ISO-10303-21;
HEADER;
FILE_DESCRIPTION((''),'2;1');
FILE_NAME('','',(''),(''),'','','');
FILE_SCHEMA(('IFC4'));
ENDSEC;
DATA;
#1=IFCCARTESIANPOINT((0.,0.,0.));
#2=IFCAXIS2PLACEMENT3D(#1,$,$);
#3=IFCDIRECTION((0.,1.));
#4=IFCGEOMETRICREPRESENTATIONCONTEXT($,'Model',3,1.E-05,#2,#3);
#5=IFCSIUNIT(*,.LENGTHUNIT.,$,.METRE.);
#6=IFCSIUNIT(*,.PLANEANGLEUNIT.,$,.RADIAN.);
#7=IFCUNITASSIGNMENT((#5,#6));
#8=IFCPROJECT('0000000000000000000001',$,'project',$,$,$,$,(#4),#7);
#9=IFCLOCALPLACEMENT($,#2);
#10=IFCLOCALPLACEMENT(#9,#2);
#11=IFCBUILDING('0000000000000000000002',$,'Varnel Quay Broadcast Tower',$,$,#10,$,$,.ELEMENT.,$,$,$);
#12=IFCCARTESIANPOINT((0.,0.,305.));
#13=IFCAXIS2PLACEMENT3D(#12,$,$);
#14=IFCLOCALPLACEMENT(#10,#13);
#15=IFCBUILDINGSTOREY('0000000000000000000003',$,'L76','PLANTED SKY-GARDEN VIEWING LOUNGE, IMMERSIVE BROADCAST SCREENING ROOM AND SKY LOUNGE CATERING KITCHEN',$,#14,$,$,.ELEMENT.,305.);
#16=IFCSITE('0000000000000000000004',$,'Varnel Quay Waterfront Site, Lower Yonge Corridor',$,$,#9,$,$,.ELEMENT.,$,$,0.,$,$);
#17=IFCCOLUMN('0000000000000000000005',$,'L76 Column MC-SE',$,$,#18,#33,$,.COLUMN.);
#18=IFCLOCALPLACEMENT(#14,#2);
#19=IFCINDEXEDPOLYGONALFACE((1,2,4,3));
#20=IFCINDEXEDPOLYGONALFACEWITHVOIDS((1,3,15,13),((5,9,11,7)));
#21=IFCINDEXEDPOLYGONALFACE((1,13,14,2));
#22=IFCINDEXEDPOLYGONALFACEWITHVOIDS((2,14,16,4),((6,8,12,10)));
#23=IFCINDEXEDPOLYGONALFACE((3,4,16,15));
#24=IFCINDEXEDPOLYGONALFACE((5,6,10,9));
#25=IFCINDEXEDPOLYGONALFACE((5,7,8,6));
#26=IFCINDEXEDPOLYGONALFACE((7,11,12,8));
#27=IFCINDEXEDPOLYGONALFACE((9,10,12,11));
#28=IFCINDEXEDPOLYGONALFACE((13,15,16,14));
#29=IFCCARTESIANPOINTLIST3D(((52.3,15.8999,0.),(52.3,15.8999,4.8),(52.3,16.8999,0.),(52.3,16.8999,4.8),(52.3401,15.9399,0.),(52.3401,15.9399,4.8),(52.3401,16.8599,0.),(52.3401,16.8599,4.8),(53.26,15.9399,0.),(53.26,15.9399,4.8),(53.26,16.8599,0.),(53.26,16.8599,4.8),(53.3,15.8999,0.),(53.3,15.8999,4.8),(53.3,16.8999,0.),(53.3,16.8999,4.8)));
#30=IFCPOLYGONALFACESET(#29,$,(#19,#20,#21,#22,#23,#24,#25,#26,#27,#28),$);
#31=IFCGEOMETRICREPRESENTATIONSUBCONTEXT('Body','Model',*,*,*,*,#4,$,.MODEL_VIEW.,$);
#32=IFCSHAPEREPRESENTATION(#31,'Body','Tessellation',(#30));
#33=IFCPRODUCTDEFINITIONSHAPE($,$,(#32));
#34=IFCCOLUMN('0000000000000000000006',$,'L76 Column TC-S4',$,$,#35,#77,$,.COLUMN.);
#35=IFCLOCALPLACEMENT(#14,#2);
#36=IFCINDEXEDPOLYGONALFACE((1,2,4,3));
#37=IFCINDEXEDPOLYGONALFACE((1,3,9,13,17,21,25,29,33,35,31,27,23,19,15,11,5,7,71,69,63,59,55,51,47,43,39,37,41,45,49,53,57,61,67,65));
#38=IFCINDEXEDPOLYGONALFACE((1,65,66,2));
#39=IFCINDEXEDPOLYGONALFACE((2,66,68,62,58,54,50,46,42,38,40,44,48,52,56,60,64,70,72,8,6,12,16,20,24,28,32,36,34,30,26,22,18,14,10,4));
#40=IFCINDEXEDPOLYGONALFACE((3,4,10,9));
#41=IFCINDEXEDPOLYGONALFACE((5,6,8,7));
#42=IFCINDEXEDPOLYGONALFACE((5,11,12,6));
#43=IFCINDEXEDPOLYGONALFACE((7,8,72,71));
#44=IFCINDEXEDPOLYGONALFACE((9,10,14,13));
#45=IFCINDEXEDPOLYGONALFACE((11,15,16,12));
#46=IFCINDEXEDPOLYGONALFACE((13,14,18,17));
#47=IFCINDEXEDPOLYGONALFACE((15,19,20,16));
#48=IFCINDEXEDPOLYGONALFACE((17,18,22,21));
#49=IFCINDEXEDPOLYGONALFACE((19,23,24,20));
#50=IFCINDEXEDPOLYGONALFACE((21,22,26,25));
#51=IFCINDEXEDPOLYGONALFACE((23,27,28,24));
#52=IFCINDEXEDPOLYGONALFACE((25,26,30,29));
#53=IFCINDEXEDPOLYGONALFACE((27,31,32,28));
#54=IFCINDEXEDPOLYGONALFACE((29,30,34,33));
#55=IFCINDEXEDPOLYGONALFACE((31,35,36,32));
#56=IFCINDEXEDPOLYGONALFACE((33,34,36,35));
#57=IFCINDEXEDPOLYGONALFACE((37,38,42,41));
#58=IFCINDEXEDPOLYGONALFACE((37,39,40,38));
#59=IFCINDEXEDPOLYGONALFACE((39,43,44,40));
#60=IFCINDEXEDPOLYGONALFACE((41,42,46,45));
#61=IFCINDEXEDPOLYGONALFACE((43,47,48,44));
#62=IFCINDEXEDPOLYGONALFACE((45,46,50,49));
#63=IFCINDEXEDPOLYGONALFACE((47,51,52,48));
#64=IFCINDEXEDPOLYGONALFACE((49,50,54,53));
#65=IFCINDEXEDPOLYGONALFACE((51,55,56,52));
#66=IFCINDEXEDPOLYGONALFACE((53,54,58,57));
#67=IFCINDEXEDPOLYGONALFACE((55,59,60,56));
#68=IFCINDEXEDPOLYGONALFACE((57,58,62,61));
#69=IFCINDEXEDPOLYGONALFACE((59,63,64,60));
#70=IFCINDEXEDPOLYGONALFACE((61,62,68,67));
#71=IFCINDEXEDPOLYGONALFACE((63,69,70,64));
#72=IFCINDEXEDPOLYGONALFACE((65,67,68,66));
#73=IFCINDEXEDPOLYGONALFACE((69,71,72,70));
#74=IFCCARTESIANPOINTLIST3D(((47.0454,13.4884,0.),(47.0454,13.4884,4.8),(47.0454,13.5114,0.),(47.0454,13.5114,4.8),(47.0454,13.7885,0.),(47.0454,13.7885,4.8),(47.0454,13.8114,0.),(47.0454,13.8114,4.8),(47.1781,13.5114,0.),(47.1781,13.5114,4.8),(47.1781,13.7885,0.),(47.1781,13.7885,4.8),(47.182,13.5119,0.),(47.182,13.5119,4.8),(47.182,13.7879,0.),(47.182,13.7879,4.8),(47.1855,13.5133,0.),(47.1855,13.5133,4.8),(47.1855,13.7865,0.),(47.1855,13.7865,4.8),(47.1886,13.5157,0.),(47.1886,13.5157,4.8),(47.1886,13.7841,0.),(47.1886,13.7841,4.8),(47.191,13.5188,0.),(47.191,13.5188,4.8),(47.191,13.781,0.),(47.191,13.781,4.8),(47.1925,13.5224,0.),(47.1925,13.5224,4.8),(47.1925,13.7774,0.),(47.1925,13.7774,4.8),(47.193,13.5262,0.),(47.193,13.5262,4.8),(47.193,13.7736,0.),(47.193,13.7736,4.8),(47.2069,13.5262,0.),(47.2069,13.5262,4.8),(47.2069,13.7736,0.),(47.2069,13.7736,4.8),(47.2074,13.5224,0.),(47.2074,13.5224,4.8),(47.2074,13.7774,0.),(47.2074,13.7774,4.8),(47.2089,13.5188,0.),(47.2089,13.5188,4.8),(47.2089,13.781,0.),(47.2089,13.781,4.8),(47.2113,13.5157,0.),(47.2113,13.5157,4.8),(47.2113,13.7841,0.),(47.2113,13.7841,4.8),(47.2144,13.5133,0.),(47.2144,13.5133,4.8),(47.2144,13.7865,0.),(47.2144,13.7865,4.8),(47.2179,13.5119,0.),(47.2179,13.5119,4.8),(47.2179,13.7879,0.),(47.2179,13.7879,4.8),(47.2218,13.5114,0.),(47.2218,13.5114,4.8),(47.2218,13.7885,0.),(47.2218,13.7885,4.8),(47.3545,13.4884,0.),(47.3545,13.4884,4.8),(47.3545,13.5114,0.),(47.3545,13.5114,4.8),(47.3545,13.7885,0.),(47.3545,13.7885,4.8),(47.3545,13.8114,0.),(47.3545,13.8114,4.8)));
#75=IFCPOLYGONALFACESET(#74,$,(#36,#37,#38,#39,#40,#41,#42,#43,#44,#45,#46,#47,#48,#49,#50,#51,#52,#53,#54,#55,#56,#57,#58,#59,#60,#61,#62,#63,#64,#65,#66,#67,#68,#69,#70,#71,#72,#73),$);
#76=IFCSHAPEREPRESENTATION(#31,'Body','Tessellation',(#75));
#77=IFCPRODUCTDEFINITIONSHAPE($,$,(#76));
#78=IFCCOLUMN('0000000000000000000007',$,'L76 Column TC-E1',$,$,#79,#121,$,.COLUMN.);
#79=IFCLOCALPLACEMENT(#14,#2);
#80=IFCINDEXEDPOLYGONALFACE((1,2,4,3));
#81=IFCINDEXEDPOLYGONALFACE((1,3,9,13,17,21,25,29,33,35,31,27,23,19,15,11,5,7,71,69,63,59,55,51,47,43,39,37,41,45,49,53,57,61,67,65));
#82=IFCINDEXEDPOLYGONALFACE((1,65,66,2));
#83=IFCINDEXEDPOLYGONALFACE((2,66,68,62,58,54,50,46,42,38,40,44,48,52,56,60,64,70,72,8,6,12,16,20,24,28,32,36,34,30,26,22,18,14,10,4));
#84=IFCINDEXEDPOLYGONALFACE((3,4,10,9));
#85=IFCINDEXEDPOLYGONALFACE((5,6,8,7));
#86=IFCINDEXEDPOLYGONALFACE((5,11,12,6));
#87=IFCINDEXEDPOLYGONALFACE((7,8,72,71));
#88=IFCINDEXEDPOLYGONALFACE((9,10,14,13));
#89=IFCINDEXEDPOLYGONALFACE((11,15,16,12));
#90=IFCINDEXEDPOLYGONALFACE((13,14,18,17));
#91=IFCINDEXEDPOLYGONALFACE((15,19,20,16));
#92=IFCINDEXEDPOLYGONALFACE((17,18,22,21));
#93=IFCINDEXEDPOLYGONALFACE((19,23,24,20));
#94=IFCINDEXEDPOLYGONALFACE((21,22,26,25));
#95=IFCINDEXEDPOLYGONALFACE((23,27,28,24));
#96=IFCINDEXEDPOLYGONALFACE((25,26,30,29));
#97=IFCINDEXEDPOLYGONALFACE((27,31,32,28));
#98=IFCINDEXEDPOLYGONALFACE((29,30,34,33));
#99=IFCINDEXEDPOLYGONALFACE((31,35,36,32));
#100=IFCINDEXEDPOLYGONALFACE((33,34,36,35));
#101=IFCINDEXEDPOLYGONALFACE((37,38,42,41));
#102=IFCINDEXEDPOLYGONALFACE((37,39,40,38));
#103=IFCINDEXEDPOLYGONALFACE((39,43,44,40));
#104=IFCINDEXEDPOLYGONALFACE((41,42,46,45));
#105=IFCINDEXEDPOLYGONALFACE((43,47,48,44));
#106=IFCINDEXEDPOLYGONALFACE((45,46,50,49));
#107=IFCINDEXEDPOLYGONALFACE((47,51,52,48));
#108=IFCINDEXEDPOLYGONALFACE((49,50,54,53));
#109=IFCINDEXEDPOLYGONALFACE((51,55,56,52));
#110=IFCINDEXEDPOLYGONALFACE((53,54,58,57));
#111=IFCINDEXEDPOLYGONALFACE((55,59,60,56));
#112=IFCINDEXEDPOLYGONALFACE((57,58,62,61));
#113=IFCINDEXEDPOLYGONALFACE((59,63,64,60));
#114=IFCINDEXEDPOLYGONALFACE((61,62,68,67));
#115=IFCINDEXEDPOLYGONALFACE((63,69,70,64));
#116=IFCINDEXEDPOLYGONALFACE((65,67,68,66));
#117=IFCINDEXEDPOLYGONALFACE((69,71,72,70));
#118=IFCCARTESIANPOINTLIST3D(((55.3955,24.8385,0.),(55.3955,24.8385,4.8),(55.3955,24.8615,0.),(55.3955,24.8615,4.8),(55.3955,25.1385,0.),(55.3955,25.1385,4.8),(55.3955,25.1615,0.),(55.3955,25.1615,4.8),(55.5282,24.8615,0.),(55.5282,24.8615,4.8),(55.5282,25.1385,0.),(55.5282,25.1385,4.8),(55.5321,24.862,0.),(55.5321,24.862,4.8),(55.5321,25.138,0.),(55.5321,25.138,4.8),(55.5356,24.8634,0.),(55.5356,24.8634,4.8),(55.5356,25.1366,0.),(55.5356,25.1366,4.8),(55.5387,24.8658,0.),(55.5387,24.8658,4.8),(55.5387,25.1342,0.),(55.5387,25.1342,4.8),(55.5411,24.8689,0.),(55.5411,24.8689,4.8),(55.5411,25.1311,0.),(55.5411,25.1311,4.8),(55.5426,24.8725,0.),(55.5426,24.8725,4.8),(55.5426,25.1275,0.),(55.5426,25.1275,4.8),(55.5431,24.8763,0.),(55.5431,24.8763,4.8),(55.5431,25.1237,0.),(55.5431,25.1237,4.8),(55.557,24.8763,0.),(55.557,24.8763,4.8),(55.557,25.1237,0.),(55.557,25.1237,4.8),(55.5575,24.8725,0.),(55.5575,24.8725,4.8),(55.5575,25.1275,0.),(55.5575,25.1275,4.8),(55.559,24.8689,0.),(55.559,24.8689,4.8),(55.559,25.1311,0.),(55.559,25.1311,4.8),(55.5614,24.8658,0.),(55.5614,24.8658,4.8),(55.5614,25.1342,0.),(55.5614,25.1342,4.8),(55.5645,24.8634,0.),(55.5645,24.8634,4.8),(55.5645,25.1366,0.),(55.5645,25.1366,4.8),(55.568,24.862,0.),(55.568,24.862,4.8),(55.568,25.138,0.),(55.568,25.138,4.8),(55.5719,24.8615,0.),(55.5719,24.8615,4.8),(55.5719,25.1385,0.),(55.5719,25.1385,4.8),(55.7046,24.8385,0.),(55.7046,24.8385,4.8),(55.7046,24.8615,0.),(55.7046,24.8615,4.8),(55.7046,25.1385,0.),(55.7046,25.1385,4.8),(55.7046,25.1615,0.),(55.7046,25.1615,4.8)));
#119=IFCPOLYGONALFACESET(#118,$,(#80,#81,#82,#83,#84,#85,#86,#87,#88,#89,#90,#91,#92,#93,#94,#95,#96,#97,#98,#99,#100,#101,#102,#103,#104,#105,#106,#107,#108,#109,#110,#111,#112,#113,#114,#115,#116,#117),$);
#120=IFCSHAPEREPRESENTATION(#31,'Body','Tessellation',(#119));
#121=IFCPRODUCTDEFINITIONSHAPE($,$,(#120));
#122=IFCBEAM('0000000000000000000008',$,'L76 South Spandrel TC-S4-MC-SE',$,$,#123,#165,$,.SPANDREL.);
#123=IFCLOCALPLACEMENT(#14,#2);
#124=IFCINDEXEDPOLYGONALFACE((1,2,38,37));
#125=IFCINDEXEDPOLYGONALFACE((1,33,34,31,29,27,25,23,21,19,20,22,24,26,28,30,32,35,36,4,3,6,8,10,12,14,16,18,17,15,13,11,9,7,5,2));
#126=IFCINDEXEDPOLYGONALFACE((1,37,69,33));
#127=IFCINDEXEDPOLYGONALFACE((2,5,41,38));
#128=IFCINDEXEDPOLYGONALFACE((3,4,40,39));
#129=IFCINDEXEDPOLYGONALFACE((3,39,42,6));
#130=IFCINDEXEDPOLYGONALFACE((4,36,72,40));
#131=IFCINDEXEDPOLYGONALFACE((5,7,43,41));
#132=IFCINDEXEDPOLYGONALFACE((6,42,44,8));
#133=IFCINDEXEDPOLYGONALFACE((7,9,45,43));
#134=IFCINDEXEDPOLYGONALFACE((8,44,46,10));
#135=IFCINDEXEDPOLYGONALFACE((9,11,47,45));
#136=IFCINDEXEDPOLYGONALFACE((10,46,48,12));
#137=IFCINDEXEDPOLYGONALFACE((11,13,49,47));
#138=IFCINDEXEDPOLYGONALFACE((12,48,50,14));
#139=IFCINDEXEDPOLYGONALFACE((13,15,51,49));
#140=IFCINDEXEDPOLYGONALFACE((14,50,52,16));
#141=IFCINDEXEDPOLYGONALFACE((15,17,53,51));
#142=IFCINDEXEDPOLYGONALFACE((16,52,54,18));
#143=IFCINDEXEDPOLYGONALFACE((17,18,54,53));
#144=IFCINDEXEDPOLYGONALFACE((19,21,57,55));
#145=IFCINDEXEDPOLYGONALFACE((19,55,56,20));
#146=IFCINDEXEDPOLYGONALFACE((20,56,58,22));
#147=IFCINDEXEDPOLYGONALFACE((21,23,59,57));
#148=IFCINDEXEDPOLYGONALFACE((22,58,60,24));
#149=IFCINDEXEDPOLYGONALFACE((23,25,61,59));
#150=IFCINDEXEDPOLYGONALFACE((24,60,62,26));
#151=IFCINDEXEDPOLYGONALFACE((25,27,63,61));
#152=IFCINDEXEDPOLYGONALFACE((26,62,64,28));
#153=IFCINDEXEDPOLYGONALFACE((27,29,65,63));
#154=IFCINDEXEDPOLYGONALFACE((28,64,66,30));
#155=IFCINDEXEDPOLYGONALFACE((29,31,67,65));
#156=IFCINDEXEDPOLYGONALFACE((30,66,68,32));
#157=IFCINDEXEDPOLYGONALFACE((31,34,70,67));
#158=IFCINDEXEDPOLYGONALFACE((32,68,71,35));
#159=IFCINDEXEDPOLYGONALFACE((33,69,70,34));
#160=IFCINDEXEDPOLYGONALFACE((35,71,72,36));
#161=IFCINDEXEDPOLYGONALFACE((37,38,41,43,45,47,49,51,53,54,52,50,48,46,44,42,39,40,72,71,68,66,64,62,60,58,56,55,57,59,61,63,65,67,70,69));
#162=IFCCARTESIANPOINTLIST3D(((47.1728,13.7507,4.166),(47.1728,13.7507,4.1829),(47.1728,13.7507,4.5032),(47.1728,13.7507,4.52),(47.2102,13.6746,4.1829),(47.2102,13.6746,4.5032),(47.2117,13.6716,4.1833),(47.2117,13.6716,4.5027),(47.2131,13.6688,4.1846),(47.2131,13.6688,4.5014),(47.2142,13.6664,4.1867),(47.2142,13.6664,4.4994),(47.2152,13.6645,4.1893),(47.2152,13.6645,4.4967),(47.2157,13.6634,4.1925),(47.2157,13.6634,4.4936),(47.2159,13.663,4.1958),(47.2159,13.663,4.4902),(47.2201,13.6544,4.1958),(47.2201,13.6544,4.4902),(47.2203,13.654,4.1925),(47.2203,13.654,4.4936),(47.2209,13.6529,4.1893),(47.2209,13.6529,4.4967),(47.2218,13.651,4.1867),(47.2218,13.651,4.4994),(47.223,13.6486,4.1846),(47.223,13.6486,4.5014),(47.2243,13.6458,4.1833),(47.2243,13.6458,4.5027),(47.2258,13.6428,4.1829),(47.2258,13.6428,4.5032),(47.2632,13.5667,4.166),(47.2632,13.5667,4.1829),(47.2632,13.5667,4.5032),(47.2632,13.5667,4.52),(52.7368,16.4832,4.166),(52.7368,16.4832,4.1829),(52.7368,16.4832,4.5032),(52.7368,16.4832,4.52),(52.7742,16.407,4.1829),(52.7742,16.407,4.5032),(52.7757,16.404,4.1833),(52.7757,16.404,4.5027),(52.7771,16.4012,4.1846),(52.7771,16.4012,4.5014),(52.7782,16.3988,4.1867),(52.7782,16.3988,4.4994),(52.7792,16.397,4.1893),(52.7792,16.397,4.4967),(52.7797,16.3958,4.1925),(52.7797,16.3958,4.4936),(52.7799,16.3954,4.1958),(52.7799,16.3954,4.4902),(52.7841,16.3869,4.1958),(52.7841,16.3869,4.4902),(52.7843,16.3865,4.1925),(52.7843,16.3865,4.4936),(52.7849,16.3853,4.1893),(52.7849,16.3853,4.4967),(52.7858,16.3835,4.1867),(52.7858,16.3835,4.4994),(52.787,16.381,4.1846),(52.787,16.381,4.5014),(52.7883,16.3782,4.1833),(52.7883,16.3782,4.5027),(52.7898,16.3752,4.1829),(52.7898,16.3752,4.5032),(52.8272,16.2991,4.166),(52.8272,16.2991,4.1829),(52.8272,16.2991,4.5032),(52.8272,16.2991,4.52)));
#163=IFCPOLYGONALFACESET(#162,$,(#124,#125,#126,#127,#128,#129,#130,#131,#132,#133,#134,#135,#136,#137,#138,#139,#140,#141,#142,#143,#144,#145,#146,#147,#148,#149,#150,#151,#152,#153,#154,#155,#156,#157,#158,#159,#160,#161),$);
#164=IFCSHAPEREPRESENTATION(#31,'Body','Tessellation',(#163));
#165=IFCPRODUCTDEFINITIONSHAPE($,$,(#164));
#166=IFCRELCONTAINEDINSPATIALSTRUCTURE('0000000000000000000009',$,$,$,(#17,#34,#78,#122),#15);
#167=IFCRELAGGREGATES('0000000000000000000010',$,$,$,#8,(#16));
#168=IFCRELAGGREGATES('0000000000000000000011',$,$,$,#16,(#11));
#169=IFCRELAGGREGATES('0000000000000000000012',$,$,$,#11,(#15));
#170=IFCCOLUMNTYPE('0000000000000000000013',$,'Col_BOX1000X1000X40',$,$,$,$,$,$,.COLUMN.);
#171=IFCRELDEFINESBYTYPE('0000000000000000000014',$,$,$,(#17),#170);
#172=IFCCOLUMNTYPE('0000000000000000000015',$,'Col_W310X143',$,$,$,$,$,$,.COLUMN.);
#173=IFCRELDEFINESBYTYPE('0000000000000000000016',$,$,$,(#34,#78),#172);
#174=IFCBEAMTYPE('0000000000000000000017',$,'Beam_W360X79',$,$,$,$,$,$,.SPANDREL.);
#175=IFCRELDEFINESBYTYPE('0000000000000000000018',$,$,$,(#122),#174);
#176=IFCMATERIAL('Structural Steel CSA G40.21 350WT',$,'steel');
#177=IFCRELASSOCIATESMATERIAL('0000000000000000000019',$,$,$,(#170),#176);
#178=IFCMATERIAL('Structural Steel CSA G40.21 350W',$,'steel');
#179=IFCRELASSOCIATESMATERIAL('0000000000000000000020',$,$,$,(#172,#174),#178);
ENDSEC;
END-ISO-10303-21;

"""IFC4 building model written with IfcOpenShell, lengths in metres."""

from ifc_helpers import new_model, si_unit, direction, frame, origin, origin_2d, place, context, subcontext, project, spatial, hollow_rectangle, i_section, extrude, source, transform, mapped, material, material_profile, profile_set, type_object, type_shapes, element, save


model = new_model("IFC4")

# Units and contexts
model_context = context("Model", 3, precision=1e-05, world=origin(), true_north=direction((0.0, 1.0)))
body_context = subcontext(model_context, "Body", "Model", "MODEL_VIEW")
ifc_project = project(units=[si_unit("LENGTHUNIT", "METRE"), si_unit("PLANEANGLEUNIT", "RADIAN")], contexts=[model_context])

# Site, building, storey
site_placement = place(None, origin())
site = spatial("IfcSite", under=ifc_project, at=site_placement, Name="Varnel Quay Waterfront Site, Lower Yonge Corridor", CompositionType="ELEMENT", RefElevation=0.0)
building_placement = place(site_placement, origin())
building = spatial("IfcBuilding", under=site, at=building_placement, Name="Varnel Quay Broadcast Tower", CompositionType="ELEMENT")
storey_placement = place(building_placement, frame((0.0, 0.0, 305.0)))
storey = spatial("IfcBuildingStorey", under=building, at=storey_placement, Name="L76", Description="PLANTED SKY-GARDEN VIEWING LOUNGE, IMMERSIVE BROADCAST SCREENING ROOM AND SKY LOUNGE CATERING KITCHEN", CompositionType="ELEMENT", Elevation=305.0)

# Columns
ifc_material_1 = material(Name="Structural Steel CSA G40.21 350WT", Category="steel")
ifc_material_profile_1 = material_profile(ifc_material_1, hollow_rectangle(XDim=1.0, YDim=1.0, WallThickness=0.04, at=origin_2d()), Name="BOX1000X1000X40")
ifc_profile_set_1 = profile_set([ifc_material_profile_1], Name="Structural Steel CSA G40.21 350WT")
column_type_1 = type_object("IfcColumnType", Name="Col_BOX1000X1000X40", PredefinedType="COLUMN", material=ifc_profile_set_1)
shared_shape_1 = source(origin(), body_context, "Body", "SweptSolid", [
    extrude(hollow_rectangle(XDim=1.0, YDim=1.0, WallThickness=0.04, at=origin_2d()), origin(), (0.0, 0.0, 1.0), 4.8),
])
type_shapes(column_type_1, [shared_shape_1])
column_placement = place(storey_placement, frame((52.8, 16.3999, 0.0), z_axis=(0.0, 0.0, 1.0), x_axis=(1.0, 0.0, 0.0)))
element("IfcColumn", 1, at=column_placement, inside=storey, type_object=column_type_1, Name="L76 Column MC-SE", PredefinedType="COLUMN", context=body_context, shape_type="MappedRepresentation", body=[
    mapped(shared_shape_1, transform((0.0, 0.0, 0.0), x_axis=(1.0, 0.0, 0.0), y_axis=(0.0, 1.0, 0.0), z_axis=(0.0, 0.0, 1.0), scale=1.0)),
])
ifc_material_2 = material(Name="Structural Steel CSA G40.21 350W", Category="steel")
ifc_material_profile_2 = material_profile(ifc_material_2, i_section(OverallWidth=0.3091, OverallDepth=0.323, WebThickness=0.0139, FlangeThickness=0.0229, FilletRadius=0.0149, at=origin_2d()), Name="W310X143")
ifc_profile_set_2 = profile_set([ifc_material_profile_2], Name="Structural Steel CSA G40.21 350W")
column_type_2 = type_object("IfcColumnType", Name="Col_W310X143", PredefinedType="COLUMN", material=ifc_profile_set_2)
shared_shape_2 = source(origin(), body_context, "Body", "SweptSolid", [
    extrude(i_section(OverallWidth=0.3091, OverallDepth=0.323, WebThickness=0.0139, FlangeThickness=0.0229, FilletRadius=0.0149, at=origin_2d()), origin(), (0.0, 0.0, 1.0), 4.8),
])
type_shapes(column_type_2, [shared_shape_2])
for number, where, z_axis, x_axis, name in (
    (2, (47.2, 13.6499, 0.0), (0.0, 0.0, 1.0), (1.0, 0.0, 0.0), "L76 Column TC-S4"),
    (3, (55.55, 25.0, 0.0), (0.0, 0.0, 1.0), (1.0, 0.0, 0.0), "L76 Column TC-E1"),
):
    element("IfcColumn", number, at=place(storey_placement, frame(where, z_axis=z_axis, x_axis=x_axis)), inside=storey, type_object=column_type_2, Name=name, PredefinedType="COLUMN", context=body_context, shape_type="MappedRepresentation", body=[
        mapped(shared_shape_2, transform((0.0, 0.0, 0.0), x_axis=(1.0, 0.0, 0.0), y_axis=(0.0, 1.0, 0.0), z_axis=(0.0, 0.0, 1.0), scale=1.0)),
    ])

# Beam
ifc_material_profile_3 = material_profile(ifc_material_2, i_section(OverallWidth=0.2051, OverallDepth=0.354, WebThickness=0.0095, FlangeThickness=0.0168, FilletRadius=0.0129, at=origin_2d()), Name="W360X79")
ifc_profile_set_3 = profile_set([ifc_material_profile_3], Name="Structural Steel CSA G40.21 350W")
beam_type = type_object("IfcBeamType", Name="Beam_W360X79", PredefinedType="SPANDREL", material=ifc_profile_set_3)
shared_shape_3 = source(origin(), body_context, "Body", "SweptSolid", [
    extrude(i_section(OverallWidth=0.2051, OverallDepth=0.354, WebThickness=0.0095, FlangeThickness=0.0168, FilletRadius=0.0129, at=origin_2d()), origin(), (0.0, 0.0, 1.0), 6.1987),
])
beam_1_placement = place(storey_placement, frame((47.218, 13.6587, 4.343), z_axis=(0.897602, 0.440806, 0.0), x_axis=(-0.440806, 0.897602, 0.0)))
element("IfcBeam", 4, at=beam_1_placement, inside=storey, type_object=beam_type, Name="L76 South Spandrel TC-S4-MC-SE", PredefinedType="SPANDREL", context=body_context, shape_type="MappedRepresentation", body=[
    mapped(shared_shape_3, transform((0.0, 0.0, 0.0), x_axis=(1.0, 0.0, 0.0), y_axis=(0.0, 1.0, 0.0), z_axis=(0.0, 0.0, 1.0), scale=1.0)),
])

save(model, "model.ifc")
